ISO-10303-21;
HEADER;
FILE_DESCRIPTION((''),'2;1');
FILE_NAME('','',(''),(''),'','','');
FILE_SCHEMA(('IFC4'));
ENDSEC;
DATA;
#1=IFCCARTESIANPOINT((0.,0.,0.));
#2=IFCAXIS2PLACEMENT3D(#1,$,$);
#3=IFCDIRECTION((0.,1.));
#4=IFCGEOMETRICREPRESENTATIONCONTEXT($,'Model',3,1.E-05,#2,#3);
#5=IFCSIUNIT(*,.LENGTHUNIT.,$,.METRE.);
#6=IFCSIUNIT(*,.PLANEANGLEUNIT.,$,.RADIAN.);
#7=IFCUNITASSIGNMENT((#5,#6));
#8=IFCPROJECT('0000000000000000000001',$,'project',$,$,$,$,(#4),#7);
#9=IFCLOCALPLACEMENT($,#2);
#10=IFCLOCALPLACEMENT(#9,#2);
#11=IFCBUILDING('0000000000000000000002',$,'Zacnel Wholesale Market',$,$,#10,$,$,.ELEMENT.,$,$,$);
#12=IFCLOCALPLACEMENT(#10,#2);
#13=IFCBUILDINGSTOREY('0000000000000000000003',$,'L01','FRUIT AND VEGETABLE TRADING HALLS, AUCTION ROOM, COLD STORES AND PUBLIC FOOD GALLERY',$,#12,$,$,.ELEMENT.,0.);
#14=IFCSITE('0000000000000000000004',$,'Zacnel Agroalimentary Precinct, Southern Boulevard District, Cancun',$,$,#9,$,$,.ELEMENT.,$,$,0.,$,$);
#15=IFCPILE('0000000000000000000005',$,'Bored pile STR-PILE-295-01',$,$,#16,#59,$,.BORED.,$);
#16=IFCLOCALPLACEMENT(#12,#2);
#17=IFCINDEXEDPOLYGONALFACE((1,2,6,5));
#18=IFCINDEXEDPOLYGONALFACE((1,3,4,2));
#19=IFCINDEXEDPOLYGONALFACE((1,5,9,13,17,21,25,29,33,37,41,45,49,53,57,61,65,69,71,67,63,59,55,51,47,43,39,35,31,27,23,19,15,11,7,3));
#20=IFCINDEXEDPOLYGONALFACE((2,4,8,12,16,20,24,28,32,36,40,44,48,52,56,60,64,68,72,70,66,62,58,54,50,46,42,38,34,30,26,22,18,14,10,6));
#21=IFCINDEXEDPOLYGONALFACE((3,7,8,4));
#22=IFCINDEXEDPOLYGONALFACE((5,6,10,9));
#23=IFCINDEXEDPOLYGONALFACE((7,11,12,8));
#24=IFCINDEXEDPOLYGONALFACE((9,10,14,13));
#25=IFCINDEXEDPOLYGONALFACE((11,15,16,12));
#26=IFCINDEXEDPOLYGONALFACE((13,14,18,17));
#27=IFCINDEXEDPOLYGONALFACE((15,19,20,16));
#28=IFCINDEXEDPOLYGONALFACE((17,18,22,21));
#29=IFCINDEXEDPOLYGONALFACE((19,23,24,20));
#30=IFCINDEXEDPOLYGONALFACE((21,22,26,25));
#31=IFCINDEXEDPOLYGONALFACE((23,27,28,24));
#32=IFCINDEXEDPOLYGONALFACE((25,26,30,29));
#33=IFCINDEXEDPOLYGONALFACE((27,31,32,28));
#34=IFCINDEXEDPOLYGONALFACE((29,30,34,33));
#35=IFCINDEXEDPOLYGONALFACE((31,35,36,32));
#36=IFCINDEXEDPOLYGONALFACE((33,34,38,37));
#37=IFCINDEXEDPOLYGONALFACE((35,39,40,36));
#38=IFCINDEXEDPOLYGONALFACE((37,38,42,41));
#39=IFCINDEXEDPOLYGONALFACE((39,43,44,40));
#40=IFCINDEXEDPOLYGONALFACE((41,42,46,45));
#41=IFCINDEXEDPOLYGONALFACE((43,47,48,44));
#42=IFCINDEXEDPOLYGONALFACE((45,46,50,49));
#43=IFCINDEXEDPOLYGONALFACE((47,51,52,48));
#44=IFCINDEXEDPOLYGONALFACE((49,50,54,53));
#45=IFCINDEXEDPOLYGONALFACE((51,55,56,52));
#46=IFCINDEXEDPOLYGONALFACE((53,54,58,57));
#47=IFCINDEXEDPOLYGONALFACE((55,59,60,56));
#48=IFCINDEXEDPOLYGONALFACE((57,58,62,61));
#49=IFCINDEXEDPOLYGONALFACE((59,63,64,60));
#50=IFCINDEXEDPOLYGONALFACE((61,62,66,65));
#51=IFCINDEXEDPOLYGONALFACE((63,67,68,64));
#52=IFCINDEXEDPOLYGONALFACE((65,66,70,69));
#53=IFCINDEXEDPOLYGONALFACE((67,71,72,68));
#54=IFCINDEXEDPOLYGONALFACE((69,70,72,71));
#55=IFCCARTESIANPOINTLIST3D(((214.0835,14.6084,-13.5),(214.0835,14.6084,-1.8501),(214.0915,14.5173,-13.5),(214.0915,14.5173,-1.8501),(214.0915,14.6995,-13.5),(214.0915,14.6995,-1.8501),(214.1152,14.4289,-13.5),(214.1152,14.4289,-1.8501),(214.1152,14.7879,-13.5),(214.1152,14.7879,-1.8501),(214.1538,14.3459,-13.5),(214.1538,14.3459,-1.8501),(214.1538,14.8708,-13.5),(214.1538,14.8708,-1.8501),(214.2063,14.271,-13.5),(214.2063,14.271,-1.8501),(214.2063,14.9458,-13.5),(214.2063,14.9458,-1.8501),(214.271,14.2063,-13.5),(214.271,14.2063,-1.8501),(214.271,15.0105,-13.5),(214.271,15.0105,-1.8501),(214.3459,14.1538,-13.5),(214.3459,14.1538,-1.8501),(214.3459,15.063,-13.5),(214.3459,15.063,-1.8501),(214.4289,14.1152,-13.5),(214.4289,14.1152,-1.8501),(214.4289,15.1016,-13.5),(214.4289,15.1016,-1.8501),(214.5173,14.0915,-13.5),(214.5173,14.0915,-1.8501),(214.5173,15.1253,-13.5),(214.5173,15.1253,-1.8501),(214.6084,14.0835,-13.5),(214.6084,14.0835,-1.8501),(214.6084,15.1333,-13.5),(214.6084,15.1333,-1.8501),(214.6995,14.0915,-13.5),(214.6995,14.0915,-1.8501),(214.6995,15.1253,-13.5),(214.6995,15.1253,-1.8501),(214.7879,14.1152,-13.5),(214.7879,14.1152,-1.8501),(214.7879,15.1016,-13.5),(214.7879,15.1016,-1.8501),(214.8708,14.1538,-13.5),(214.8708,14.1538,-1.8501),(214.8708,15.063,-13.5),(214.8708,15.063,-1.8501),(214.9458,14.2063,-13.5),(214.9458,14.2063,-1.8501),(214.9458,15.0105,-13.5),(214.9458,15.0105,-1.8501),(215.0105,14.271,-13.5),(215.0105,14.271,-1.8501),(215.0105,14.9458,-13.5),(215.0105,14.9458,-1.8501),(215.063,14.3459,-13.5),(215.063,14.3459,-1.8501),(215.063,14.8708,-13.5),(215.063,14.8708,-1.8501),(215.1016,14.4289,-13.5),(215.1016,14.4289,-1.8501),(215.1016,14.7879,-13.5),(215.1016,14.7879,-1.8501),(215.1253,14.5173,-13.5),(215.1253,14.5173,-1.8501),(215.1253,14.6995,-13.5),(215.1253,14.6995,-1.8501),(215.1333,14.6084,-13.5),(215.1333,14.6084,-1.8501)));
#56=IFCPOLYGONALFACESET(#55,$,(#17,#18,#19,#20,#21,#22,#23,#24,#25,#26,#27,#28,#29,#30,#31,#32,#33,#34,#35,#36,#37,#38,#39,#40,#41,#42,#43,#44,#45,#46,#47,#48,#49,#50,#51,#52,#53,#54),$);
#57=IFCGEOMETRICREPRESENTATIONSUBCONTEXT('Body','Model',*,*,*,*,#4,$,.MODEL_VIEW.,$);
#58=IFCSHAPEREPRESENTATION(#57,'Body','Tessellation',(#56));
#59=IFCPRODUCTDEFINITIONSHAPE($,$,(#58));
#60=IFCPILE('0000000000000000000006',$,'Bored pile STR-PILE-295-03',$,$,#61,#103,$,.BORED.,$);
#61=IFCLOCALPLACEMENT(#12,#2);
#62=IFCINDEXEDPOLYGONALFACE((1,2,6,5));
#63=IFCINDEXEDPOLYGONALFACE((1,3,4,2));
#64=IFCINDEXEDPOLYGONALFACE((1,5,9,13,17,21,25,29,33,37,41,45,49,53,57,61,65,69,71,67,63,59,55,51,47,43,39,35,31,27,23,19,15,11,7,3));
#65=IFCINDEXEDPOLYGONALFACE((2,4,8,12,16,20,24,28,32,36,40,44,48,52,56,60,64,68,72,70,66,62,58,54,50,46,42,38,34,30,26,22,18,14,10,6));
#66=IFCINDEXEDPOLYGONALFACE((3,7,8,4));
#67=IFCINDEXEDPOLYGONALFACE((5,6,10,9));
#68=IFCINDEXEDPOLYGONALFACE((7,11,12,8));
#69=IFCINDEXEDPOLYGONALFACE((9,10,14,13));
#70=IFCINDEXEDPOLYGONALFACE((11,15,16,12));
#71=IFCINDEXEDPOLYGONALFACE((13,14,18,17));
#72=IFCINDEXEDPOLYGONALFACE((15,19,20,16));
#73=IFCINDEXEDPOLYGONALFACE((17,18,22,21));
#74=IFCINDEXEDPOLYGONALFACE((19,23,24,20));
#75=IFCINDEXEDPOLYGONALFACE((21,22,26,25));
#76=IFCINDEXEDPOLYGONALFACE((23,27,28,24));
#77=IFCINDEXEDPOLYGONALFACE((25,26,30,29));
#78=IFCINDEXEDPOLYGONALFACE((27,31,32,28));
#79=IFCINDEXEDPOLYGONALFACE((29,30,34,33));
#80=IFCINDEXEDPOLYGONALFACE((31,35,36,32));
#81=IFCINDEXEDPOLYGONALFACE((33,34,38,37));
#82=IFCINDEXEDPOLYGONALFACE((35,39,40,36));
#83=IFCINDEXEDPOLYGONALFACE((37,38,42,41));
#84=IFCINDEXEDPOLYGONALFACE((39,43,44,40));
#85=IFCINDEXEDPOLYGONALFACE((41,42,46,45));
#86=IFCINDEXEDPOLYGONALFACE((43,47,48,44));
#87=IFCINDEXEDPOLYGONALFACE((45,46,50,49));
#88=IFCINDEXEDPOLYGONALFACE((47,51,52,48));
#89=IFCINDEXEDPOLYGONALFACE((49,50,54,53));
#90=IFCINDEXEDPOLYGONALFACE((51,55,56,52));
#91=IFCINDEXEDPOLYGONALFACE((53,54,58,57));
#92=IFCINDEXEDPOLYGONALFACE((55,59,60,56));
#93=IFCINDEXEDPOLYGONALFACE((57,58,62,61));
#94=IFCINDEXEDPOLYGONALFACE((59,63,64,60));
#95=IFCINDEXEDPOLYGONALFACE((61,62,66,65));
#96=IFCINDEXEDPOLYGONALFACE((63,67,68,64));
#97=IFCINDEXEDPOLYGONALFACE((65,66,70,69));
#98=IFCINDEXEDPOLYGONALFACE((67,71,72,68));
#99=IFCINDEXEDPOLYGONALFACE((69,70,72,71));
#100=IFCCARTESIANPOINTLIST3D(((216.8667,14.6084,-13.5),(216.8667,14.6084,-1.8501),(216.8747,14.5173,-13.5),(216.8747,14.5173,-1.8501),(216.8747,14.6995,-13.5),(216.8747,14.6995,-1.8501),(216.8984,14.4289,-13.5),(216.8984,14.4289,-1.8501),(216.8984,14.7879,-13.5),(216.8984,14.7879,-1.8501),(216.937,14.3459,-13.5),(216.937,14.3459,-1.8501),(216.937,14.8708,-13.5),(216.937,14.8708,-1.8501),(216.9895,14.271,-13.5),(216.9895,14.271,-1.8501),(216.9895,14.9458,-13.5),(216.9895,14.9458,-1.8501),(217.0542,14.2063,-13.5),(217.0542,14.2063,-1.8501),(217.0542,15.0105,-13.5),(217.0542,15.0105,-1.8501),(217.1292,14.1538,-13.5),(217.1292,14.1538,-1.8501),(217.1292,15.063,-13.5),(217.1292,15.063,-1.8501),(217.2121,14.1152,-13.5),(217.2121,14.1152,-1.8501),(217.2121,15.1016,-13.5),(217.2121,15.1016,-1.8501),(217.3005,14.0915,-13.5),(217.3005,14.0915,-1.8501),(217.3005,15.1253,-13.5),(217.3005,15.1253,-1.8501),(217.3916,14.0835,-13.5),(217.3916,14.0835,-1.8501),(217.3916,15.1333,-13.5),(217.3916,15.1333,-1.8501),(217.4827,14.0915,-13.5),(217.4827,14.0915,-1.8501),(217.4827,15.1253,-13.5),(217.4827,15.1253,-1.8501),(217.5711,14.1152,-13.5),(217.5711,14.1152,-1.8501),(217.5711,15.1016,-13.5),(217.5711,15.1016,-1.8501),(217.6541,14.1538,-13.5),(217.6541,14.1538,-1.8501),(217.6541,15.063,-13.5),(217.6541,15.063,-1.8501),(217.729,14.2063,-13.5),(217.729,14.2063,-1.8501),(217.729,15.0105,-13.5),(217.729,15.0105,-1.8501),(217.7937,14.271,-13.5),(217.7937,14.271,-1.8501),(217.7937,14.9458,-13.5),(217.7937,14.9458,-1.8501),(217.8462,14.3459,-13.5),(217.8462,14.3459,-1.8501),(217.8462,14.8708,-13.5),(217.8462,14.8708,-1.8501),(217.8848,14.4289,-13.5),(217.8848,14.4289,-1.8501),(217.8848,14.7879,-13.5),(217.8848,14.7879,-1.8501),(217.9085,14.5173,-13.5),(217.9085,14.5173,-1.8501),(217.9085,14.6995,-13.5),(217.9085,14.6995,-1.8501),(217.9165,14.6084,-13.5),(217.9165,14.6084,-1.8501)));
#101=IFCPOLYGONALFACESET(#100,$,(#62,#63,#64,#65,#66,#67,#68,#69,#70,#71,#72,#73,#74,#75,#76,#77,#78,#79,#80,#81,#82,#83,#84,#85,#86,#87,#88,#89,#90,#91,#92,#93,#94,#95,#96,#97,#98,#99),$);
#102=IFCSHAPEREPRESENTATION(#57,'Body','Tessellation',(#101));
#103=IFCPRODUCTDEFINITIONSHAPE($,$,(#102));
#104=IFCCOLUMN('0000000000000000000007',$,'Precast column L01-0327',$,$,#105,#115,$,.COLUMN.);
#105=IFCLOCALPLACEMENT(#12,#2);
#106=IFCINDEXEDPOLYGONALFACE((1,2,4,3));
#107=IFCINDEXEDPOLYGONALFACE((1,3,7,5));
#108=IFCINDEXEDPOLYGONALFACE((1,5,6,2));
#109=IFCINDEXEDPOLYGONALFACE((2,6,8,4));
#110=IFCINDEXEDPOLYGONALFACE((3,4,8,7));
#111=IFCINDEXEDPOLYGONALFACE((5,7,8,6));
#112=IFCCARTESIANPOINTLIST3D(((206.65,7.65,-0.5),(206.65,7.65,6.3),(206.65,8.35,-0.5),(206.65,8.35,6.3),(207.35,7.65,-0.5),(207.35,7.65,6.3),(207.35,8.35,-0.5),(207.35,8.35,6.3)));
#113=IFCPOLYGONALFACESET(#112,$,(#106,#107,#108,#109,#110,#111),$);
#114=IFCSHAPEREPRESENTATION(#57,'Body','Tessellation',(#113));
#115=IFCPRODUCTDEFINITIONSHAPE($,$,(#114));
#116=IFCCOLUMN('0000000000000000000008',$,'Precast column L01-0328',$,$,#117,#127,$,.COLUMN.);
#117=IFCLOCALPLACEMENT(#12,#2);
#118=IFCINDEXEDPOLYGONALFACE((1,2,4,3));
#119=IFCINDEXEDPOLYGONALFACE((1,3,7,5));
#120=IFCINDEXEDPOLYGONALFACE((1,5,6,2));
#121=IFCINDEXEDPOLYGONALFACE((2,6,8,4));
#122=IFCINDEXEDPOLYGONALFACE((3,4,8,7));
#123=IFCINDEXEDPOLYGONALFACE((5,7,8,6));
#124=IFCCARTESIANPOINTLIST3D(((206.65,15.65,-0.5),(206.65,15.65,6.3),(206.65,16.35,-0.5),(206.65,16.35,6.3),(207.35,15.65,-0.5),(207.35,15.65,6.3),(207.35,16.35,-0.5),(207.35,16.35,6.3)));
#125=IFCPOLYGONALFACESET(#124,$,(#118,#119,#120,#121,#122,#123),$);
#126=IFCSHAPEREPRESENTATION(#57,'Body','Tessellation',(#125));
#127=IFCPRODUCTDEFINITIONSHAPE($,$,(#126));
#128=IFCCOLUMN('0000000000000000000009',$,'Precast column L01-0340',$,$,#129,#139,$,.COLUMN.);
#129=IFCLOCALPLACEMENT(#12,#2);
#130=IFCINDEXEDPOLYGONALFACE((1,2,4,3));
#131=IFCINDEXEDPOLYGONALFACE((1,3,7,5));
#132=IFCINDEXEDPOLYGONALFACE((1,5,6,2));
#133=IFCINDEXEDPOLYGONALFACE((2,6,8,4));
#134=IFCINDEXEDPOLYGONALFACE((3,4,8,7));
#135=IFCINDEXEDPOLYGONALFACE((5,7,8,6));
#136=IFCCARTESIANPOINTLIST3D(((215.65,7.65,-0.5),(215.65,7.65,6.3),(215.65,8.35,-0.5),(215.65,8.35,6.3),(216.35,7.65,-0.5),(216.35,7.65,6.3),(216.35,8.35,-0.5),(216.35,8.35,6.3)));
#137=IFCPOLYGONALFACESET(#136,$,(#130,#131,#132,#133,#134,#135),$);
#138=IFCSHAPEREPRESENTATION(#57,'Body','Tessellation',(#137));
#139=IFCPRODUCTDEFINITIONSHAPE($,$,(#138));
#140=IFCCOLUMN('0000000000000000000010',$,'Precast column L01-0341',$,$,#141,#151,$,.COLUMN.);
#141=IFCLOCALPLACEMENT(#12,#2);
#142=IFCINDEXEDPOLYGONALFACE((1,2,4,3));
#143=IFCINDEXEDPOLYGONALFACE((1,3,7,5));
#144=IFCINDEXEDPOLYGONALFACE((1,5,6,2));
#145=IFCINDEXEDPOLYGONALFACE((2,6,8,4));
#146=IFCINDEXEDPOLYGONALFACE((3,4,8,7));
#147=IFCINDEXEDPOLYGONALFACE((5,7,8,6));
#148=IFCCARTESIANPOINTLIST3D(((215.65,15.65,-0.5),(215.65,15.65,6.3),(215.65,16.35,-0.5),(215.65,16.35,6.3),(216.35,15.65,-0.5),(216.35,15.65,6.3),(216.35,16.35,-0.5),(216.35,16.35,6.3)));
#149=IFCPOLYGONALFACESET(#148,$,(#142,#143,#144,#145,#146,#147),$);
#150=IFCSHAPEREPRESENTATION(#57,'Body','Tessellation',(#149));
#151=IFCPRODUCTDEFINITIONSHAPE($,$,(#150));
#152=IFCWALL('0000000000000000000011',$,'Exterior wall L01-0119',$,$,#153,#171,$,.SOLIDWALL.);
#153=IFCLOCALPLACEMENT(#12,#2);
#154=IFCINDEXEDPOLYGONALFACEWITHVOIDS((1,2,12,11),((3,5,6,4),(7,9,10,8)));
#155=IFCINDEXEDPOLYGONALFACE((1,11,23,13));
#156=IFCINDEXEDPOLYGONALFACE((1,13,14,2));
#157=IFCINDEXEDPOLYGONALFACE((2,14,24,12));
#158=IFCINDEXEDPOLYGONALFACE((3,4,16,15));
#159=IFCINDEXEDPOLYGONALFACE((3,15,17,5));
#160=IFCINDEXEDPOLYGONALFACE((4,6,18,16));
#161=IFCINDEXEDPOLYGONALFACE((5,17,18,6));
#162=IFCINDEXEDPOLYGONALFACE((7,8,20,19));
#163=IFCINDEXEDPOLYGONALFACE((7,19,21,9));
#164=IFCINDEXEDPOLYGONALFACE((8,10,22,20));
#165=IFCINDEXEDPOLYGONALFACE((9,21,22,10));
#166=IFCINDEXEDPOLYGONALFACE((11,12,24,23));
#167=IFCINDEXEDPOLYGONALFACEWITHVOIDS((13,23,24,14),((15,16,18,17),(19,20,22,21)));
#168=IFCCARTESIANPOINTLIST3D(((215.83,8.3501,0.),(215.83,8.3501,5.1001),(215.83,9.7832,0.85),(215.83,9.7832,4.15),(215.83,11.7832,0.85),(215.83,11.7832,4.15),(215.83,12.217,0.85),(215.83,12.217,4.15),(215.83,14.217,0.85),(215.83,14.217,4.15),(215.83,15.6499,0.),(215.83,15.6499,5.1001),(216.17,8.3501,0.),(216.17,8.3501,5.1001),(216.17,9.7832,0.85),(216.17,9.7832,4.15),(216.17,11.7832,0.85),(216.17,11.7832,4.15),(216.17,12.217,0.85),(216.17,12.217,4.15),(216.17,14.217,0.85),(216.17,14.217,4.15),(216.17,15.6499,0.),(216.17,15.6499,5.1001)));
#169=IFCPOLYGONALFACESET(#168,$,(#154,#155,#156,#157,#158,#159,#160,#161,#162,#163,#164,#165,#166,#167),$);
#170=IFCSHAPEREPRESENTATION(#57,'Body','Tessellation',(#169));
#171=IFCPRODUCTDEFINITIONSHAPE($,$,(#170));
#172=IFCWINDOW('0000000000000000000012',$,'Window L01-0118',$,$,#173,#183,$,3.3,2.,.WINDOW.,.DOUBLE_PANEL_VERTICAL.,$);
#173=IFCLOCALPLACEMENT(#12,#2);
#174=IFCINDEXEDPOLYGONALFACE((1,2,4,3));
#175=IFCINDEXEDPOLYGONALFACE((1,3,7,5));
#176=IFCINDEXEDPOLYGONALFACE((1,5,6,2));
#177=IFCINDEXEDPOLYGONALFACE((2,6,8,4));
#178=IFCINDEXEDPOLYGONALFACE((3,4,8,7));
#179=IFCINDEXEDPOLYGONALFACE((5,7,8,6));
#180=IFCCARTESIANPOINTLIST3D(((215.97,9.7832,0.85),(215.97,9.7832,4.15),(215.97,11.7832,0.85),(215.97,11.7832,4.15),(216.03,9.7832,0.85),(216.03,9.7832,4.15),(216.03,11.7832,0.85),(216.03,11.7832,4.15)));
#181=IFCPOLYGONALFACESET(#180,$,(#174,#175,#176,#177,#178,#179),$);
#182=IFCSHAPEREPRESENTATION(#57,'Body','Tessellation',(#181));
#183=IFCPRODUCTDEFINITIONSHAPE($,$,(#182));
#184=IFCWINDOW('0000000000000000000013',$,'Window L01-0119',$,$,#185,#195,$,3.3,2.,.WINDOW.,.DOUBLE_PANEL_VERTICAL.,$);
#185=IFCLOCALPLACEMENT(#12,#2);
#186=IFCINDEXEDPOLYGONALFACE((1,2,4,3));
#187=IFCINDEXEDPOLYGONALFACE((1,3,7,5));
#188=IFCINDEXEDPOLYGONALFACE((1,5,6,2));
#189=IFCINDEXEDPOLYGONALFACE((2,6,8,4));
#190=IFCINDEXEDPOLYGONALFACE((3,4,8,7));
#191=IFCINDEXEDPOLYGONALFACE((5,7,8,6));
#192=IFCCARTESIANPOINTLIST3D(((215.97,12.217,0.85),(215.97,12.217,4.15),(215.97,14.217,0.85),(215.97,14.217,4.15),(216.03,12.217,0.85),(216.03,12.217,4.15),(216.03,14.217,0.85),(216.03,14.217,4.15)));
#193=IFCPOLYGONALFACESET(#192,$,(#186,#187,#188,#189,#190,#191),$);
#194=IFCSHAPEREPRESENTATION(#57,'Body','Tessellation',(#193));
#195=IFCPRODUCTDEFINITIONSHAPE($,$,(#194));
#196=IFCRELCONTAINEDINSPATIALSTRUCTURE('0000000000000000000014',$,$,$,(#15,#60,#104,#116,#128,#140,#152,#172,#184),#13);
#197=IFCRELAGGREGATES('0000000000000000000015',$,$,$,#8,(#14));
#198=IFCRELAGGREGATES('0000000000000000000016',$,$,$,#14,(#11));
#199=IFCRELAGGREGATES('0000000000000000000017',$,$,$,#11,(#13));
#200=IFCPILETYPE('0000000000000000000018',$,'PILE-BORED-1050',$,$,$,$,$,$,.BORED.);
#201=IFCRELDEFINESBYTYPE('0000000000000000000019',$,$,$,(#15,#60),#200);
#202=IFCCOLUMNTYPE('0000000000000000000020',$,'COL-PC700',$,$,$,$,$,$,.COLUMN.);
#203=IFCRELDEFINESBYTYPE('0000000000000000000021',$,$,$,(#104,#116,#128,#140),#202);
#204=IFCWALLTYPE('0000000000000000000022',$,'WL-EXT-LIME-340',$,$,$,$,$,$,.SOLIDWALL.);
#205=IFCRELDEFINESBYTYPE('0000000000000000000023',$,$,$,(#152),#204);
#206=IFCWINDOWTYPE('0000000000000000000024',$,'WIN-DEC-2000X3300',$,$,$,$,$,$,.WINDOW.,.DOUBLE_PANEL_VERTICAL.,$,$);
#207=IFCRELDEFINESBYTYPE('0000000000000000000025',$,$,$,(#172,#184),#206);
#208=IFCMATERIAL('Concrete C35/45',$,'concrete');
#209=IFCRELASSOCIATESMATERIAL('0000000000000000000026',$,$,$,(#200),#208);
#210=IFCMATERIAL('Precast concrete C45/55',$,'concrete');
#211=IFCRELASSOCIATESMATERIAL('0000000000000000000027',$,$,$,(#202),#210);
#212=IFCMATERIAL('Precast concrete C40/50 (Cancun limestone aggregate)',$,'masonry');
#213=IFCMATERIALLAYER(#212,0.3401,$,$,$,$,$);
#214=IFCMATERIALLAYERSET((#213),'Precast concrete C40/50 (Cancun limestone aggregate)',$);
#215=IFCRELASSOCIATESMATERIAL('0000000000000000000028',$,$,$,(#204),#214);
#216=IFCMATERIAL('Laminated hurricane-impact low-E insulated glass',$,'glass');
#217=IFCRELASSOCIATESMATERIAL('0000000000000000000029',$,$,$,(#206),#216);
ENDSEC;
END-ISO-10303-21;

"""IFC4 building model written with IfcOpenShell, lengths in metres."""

from ifc_helpers import new_model, si_unit, direction, frame, frame_2d, origin, origin_2d, place, context, subcontext, project, spatial, rectangle, circle, extrude, material, layer, layer_set, material_profile, profile_set, type_object, element, fill, save


model = new_model("IFC4")

# Units and contexts
model_context = context("Model", 3, precision=1e-05, world=origin(), true_north=direction((0.0, 1.0)))
body_context = subcontext(model_context, "Body", "Model", "MODEL_VIEW")
ifc_project = project(units=[si_unit("LENGTHUNIT", "METRE"), si_unit("PLANEANGLEUNIT", "RADIAN")], contexts=[model_context])

# Site, building, storey
site_placement = place(None, origin())
site = spatial("IfcSite", under=ifc_project, at=site_placement, Name="Zacnel Agroalimentary Precinct, Southern Boulevard District, Cancun", CompositionType="ELEMENT", RefElevation=0.0)
building_placement = place(site_placement, origin())
building = spatial("IfcBuilding", under=site, at=building_placement, Name="Zacnel Wholesale Market", CompositionType="ELEMENT")
storey_placement = place(building_placement, origin())
storey = spatial("IfcBuildingStorey", under=building, at=storey_placement, Name="L01", Description="FRUIT AND VEGETABLE TRADING HALLS, AUCTION ROOM, COLD STORES AND PUBLIC FOOD GALLERY", CompositionType="ELEMENT", Elevation=0.0)

# Piles
ifc_material_1 = material(Name="Concrete C35/45", Category="concrete")
ifc_material_profile_1 = material_profile(ifc_material_1, circle(Radius=0.5249, at=origin_2d()), Name="BORED PILE D1050")
ifc_profile_set_1 = profile_set([ifc_material_profile_1], Name="Concrete C35/45")
pile_type = type_object("IfcPileType", Name="PILE-BORED-1050", PredefinedType="BORED", material=ifc_profile_set_1)
for number, where, z_axis, x_axis, name in (
    (1, (214.6084, 14.6084, -1.8501), (0.0, 0.0, -1.0), (1.0, 0.0, 0.0), "Bored pile STR-PILE-295-01"),
    (2, (217.3916, 14.6084, -1.8501), (0.0, 0.0, -1.0), (1.0, 0.0, 0.0), "Bored pile STR-PILE-295-03"),
):
    element("IfcPile", number, at=place(storey_placement, frame(where, z_axis=z_axis, x_axis=x_axis)), inside=storey, type_object=pile_type, Name=name, PredefinedType="BORED", context=body_context, shape_type="SweptSolid", body=[
        extrude(circle(Radius=0.5249, at=origin_2d()), origin(), (0.0, 0.0, 1.0), 11.6499),
    ])

# Columns
ifc_material_2 = material(Name="Precast concrete C45/55", Category="concrete")
ifc_material_profile_2 = material_profile(ifc_material_2, rectangle(XDim=0.7, YDim=0.7, at=origin_2d()), Name="PC 700x700")
ifc_profile_set_2 = profile_set([ifc_material_profile_2], Name="Precast concrete C45/55")
column_type = type_object("IfcColumnType", Name="COL-PC700", PredefinedType="COLUMN", material=ifc_profile_set_2)
for number, where, z_axis, x_axis, name in (
    (3, (207.0, 8.0, -0.5), (0.0, 0.0, 1.0), (1.0, 0.0, 0.0), "Precast column L01-0327"),
    (4, (207.0, 16.0, -0.5), (0.0, 0.0, 1.0), (1.0, 0.0, 0.0), "Precast column L01-0328"),
    (5, (216.0, 8.0, -0.5), (0.0, 0.0, 1.0), (1.0, 0.0, 0.0), "Precast column L01-0340"),
    (6, (216.0, 16.0, -0.5), (0.0, 0.0, 1.0), (1.0, 0.0, 0.0), "Precast column L01-0341"),
):
    element("IfcColumn", number, at=place(storey_placement, frame(where, z_axis=z_axis, x_axis=x_axis)), inside=storey, type_object=column_type, Name=name, PredefinedType="COLUMN", context=body_context, shape_type="SweptSolid", body=[
        extrude(rectangle(XDim=0.7, YDim=0.7, at=origin_2d()), origin(), (0.0, 0.0, 1.0), 6.8),
    ])

# Wall, openings, windows
ifc_material_3 = material(Name="Precast concrete C40/50 (Cancun limestone aggregate)", Category="masonry")
ifc_layer_1 = layer(ifc_material_3, 0.3401)
ifc_layer_set_1 = layer_set([ifc_layer_1], Name="Precast concrete C40/50 (Cancun limestone aggregate)")
wall_type_1 = type_object("IfcWallType", Name="WL-EXT-LIME-340", PredefinedType="SOLIDWALL", material=ifc_layer_set_1)
wall_1_placement = place(storey_placement, frame((216.0, 8.3501, 0.0), z_axis=(0.0, 0.0, 1.0), x_axis=(0.0, 1.0, 0.0)))
wall_1 = element("IfcWall", 7, at=wall_1_placement, inside=storey, type_object=wall_type_1, Name="Exterior wall L01-0119", PredefinedType="SOLIDWALL", context=body_context, shape_type="SweptSolid", body=[
    extrude(rectangle(XDim=7.2998, YDim=0.3401, at=frame_2d((3.6499, 0.0))), origin(), (0.0, 0.0, 1.0), 5.1001),
])
opening_1_placement = place(wall_1_placement, frame((1.4331, 0.0, 0.8501)))
opening_1 = element("IfcOpeningElement", 8, at=opening_1_placement, cuts=wall_1, PredefinedType="OPENING", context=body_context, shape_type="SweptSolid", body=[
    extrude(rectangle(XDim=2.0, YDim=3.3, at=frame_2d((1.0, 1.6499))), frame((0.0, 0.1799, 0.0), z_axis=(0.0, -1.0, 0.0), x_axis=(1.0, 0.0, 0.0)), (0.0, 0.0, 1.0), 0.3601),
])
opening_2_placement = place(wall_1_placement, frame((3.8669, 0.0, 0.8501)))
opening_2 = element("IfcOpeningElement", 9, at=opening_2_placement, cuts=wall_1, PredefinedType="OPENING", context=body_context, shape_type="SweptSolid", body=[
    extrude(rectangle(XDim=2.0, YDim=3.3, at=frame_2d((1.0, 1.6499))), frame((0.0, 0.1799, 0.0), z_axis=(0.0, -1.0, 0.0), x_axis=(1.0, 0.0, 0.0)), (0.0, 0.0, 1.0), 0.3601),
])
ifc_material_4 = material(Name="Laminated hurricane-impact low-E insulated glass", Category="glass")
window_type = type_object("IfcWindowType", Name="WIN-DEC-2000X3300", PartitioningType="DOUBLE_PANEL_VERTICAL", PredefinedType="WINDOW", material=ifc_material_4)
window_1_placement = place(opening_1_placement, origin())
window_1 = element("IfcWindow", 10, at=window_1_placement, inside=storey, type_object=window_type, Name="Window L01-0118", OverallHeight=3.3, OverallWidth=2.0, PartitioningType="DOUBLE_PANEL_VERTICAL", PredefinedType="WINDOW", context=body_context, shape_type="SweptSolid", body=[
    extrude(rectangle(XDim=2.0, YDim=3.3, at=frame_2d((1.0, 1.6499))), frame((0.0, 0.03, 0.0), z_axis=(0.0, -1.0, 0.0), x_axis=(1.0, 0.0, 0.0)), (0.0, 0.0, 1.0), 0.0601),
])
fill(opening_1, window_1)
window_2_placement = place(opening_2_placement, origin())
window_2 = element("IfcWindow", 11, at=window_2_placement, inside=storey, type_object=window_type, Name="Window L01-0119", OverallHeight=3.3, OverallWidth=2.0, PartitioningType="DOUBLE_PANEL_VERTICAL", PredefinedType="WINDOW", context=body_context, shape_type="SweptSolid", body=[
    extrude(rectangle(XDim=2.0, YDim=3.3, at=frame_2d((1.0, 1.6499))), frame((0.0, 0.03, 0.0), z_axis=(0.0, -1.0, 0.0), x_axis=(1.0, 0.0, 0.0)), (0.0, 0.0, 1.0), 0.0601),
])
fill(opening_2, window_2)

save(model, "model.ifc")
